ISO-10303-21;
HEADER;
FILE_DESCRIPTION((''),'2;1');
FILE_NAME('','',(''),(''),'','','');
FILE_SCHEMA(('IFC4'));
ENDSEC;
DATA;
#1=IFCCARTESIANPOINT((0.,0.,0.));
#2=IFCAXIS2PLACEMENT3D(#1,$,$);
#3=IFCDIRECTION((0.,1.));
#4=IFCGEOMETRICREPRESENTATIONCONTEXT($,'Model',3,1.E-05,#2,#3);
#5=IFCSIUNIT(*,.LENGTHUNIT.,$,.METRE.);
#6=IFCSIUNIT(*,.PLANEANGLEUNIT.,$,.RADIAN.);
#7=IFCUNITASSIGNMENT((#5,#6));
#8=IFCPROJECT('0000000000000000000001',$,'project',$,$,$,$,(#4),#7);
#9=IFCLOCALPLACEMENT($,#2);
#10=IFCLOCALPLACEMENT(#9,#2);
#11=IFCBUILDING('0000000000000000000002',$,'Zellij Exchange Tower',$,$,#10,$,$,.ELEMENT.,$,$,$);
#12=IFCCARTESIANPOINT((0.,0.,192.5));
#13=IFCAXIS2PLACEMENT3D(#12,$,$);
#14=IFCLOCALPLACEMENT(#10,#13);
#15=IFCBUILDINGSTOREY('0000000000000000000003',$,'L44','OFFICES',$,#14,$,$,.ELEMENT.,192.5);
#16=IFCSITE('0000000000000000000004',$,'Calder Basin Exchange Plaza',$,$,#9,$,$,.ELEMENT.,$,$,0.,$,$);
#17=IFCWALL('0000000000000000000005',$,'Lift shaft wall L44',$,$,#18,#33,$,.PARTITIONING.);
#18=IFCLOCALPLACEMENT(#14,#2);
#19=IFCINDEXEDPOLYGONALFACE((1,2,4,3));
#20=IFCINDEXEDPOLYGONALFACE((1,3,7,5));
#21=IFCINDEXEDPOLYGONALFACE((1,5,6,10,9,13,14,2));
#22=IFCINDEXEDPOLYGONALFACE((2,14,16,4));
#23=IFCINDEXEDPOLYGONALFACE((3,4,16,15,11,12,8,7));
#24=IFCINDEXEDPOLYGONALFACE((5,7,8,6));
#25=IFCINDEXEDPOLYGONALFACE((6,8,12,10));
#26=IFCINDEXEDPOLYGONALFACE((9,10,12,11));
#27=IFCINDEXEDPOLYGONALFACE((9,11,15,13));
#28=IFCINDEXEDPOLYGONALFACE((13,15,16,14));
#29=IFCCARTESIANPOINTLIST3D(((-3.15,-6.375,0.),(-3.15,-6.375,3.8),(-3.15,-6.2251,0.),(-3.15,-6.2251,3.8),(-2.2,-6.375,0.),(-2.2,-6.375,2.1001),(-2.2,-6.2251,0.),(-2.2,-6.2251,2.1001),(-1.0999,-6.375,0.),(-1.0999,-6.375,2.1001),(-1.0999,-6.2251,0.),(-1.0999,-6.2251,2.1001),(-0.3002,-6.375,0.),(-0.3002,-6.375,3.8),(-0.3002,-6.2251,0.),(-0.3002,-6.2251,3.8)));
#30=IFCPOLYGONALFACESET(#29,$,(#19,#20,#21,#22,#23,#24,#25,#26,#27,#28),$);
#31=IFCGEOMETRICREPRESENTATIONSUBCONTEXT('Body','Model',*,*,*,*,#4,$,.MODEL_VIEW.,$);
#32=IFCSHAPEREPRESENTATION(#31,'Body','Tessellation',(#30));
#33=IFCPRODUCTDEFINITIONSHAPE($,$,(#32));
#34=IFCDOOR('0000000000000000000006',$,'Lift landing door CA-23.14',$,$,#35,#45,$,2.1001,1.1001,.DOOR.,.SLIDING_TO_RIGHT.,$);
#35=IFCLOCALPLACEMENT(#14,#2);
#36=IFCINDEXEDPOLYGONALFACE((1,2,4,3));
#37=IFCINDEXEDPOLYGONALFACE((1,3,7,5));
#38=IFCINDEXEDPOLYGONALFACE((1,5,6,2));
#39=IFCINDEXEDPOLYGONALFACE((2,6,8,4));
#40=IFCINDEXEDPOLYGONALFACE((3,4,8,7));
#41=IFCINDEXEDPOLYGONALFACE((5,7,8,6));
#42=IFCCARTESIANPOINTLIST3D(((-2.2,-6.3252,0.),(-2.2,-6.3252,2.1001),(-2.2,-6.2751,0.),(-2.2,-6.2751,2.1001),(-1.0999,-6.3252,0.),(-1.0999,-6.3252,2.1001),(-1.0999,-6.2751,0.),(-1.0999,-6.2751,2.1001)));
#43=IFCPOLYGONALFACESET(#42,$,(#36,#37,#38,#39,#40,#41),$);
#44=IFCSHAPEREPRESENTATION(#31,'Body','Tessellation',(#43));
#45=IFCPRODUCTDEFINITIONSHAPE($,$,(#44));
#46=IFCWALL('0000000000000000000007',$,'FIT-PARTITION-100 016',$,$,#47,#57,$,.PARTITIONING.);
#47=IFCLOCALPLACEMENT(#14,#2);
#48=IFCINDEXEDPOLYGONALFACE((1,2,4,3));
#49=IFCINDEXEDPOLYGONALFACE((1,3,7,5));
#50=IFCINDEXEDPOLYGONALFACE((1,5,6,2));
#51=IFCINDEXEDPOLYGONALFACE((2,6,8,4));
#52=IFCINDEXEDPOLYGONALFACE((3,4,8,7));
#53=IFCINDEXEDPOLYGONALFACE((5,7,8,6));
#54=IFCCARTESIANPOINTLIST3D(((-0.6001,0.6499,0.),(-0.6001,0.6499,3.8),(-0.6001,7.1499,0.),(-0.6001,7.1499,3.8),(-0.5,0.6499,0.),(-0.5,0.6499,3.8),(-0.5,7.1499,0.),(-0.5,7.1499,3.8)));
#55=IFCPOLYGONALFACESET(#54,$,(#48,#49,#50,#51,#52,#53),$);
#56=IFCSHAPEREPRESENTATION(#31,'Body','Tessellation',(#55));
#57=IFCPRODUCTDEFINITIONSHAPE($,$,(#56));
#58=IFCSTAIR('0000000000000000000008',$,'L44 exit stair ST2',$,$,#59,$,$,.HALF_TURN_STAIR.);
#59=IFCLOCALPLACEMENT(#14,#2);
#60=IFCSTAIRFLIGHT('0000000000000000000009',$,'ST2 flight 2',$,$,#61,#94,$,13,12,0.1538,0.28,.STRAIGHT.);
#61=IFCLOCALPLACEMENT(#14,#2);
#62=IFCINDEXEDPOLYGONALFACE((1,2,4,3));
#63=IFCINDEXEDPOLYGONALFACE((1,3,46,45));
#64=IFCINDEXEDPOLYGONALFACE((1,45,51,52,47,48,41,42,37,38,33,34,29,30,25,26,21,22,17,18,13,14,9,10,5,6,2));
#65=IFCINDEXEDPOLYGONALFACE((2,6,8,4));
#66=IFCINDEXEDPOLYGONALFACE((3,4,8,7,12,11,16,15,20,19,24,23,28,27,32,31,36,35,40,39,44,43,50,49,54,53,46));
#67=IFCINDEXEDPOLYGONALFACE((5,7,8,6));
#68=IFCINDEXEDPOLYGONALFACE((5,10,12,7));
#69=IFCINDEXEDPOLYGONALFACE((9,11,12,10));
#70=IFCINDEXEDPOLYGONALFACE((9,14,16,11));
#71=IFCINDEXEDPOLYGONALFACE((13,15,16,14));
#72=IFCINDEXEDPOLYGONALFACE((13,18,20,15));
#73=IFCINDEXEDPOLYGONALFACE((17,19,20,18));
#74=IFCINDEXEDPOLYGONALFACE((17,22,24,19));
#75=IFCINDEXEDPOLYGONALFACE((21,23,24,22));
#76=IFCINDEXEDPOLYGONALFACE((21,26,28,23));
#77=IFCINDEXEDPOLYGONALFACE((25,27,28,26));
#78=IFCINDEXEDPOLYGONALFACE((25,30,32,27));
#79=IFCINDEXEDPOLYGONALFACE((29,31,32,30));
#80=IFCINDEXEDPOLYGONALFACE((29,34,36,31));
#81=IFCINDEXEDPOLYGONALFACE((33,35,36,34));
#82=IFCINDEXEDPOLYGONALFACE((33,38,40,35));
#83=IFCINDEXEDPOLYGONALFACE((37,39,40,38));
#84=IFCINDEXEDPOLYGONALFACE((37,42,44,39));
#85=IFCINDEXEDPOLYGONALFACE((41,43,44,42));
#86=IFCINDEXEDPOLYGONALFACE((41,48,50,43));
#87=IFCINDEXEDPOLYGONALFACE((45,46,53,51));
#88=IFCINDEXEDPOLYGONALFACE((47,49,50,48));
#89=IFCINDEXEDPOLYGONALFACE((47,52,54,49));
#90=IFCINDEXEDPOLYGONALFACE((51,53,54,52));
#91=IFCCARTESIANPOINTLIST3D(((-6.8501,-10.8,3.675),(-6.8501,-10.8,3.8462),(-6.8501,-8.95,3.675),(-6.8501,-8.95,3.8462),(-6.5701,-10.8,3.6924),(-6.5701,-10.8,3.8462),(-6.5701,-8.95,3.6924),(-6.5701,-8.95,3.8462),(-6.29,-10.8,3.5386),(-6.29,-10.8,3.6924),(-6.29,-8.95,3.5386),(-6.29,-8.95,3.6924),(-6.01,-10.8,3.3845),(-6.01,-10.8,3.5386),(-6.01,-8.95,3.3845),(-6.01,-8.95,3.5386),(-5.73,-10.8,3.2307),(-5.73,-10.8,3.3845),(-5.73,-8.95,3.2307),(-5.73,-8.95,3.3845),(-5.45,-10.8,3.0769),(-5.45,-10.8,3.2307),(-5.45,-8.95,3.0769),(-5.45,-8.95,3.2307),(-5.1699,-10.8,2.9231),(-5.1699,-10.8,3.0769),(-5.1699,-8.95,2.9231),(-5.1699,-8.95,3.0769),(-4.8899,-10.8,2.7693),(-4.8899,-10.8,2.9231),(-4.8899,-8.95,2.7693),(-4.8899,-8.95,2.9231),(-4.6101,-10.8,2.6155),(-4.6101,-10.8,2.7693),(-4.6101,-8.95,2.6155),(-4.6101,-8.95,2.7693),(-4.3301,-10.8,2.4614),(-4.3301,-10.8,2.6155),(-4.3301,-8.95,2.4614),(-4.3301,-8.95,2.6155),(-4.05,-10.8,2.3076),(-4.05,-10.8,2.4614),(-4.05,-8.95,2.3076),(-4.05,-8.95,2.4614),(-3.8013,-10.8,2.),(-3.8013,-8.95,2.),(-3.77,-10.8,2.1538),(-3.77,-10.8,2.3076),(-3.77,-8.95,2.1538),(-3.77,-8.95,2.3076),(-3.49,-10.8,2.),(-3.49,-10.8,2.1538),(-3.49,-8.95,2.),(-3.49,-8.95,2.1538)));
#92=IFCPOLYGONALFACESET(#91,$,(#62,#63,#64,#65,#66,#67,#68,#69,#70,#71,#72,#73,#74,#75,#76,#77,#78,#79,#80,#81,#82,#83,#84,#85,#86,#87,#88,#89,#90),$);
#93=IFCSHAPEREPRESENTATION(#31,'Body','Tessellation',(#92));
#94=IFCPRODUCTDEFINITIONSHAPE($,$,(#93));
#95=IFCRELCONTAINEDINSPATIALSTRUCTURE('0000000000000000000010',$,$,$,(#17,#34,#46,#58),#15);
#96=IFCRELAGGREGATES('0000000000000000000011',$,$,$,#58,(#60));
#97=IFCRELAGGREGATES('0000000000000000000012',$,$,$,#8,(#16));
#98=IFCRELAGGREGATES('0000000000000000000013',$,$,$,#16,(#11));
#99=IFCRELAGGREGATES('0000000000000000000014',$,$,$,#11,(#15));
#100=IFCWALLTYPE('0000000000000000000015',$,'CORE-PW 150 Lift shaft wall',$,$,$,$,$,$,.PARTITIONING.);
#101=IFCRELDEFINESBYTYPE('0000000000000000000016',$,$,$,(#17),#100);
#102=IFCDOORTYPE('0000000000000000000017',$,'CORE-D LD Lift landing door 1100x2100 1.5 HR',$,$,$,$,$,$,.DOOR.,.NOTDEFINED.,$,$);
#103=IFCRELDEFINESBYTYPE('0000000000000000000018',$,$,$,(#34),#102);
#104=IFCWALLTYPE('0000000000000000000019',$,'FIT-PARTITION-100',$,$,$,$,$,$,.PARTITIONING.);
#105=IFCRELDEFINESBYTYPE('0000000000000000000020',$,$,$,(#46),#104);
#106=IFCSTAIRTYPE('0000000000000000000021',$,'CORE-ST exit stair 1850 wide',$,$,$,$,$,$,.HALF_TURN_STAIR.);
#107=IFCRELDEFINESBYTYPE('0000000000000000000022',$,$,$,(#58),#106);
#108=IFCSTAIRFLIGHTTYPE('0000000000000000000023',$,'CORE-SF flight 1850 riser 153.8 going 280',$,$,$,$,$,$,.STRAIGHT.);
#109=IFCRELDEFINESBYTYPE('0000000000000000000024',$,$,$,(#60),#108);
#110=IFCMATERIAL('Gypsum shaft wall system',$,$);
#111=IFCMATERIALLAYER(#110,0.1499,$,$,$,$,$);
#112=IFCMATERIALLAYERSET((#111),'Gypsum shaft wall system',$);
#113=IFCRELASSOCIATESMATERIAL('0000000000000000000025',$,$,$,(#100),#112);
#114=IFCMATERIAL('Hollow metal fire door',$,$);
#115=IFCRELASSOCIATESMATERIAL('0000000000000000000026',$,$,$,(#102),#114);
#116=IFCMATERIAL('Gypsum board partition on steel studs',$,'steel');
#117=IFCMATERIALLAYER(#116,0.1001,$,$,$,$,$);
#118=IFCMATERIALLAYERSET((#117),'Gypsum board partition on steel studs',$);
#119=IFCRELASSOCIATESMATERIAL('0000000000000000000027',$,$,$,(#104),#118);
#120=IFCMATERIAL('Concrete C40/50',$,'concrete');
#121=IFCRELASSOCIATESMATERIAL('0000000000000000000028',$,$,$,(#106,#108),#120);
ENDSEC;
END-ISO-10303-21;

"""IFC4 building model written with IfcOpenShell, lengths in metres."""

from ifc_helpers import new_model, si_unit, direction, frame, frame_2d, origin, place, context, subcontext, project, spatial, polyline, rectangle, outline, extrude, material, layer, layer_set, type_object, element, fill, aggregate, save


model = new_model("IFC4")

# Units and contexts
model_context = context("Model", 3, precision=1e-05, world=origin(), true_north=direction((0.0, 1.0)))
body_context = subcontext(model_context, "Body", "Model", "MODEL_VIEW")
ifc_project = project(units=[si_unit("LENGTHUNIT", "METRE"), si_unit("PLANEANGLEUNIT", "RADIAN")], contexts=[model_context])

# Site, building, storey
site_placement = place(None, origin())
site = spatial("IfcSite", under=ifc_project, at=site_placement, Name="Calder Basin Exchange Plaza", CompositionType="ELEMENT", RefElevation=0.0)
building_placement = place(site_placement, origin())
building = spatial("IfcBuilding", under=site, at=building_placement, Name="Zellij Exchange Tower", CompositionType="ELEMENT")
storey_placement = place(building_placement, frame((0.0, 0.0, 192.5)))
storey = spatial("IfcBuildingStorey", under=building, at=storey_placement, Name="L44", Description="OFFICES", CompositionType="ELEMENT", Elevation=192.5)

# Shared definitions
ifc_material_1 = material(Name="Concrete C40/50", Category="concrete")

# Shared definitions
ifc_material_2 = material(Name="Gypsum shaft wall system")
ifc_layer_1 = layer(ifc_material_2, 0.1499)
ifc_layer_set_1 = layer_set([ifc_layer_1], Name="Gypsum shaft wall system")
wall_type_1 = type_object("IfcWallType", Name="CORE-PW 150 Lift shaft wall", PredefinedType="PARTITIONING", material=ifc_layer_set_1)

# Wall, opening, door
wall_1_placement = place(storey_placement, frame((-3.1499, -6.3, 0.0), z_axis=(0.0, 0.0, 1.0), x_axis=(1.0, 0.0, 0.0)))
wall_1 = element("IfcWall", 1, at=wall_1_placement, inside=storey, type_object=wall_type_1, Name="Lift shaft wall L44", PredefinedType="PARTITIONING", context=body_context, shape_type="SweptSolid", body=[
    extrude(rectangle(XDim=2.8499, YDim=0.1499, at=frame_2d((1.4248, 0.0))), origin(), (0.0, 0.0, 1.0), 3.8),
])
opening_placement = place(wall_1_placement, frame((0.95, 0.0, 0.0)))
opening = element("IfcOpeningElement", 2, at=opening_placement, cuts=wall_1, PredefinedType="OPENING", context=body_context, shape_type="SweptSolid", body=[
    extrude(rectangle(XDim=1.1001, YDim=2.1001, at=frame_2d((0.55, 1.05))), frame((0.0, 0.0869, 0.0), z_axis=(0.0, -1.0, 0.0), x_axis=(1.0, 0.0, 0.0)), (0.0, 0.0, 1.0), 0.1738),
])
ifc_material_3 = material(Name="Hollow metal fire door")
door_type = type_object("IfcDoorType", Name="CORE-D LD Lift landing door 1100x2100 1.5 HR", OperationType="NOTDEFINED", PredefinedType="DOOR", material=ifc_material_3)
door_placement = place(opening_placement, origin())
door = element("IfcDoor", 3, at=door_placement, inside=storey, type_object=door_type, Name="Lift landing door CA-23.14", OperationType="SLIDING_TO_RIGHT", OverallHeight=2.1001, OverallWidth=1.1001, PredefinedType="DOOR", context=body_context, shape_type="SweptSolid", body=[
    extrude(rectangle(XDim=1.1001, YDim=2.1001, at=frame_2d((0.55, 1.05))), frame((0.0, 0.0249, 0.0), z_axis=(0.0, -1.0, 0.0), x_axis=(1.0, 0.0, 0.0)), (0.0, 0.0, 1.0), 0.05),
])
fill(opening, door)

# Wall
ifc_material_4 = material(Name="Gypsum board partition on steel studs", Category="steel")
ifc_layer_2 = layer(ifc_material_4, 0.1001)
ifc_layer_set_2 = layer_set([ifc_layer_2], Name="Gypsum board partition on steel studs")
wall_type_2 = type_object("IfcWallType", Name="FIT-PARTITION-100", PredefinedType="PARTITIONING", material=ifc_layer_set_2)
wall_2_placement = place(storey_placement, frame((-0.55, 0.6499, 0.0), z_axis=(0.0, 0.0, 1.0), x_axis=(0.0, 1.0, 0.0)))
element("IfcWall", 4, at=wall_2_placement, inside=storey, type_object=wall_type_2, Name="FIT-PARTITION-100 016", PredefinedType="PARTITIONING", context=body_context, shape_type="SweptSolid", body=[
    extrude(rectangle(XDim=6.5, YDim=0.1001, at=frame_2d((3.25, 0.0))), origin(), (0.0, 0.0, 1.0), 3.8),
])

# Stair, stair flight
stair_type = type_object("IfcStairType", Name="CORE-ST exit stair 1850 wide", PredefinedType="HALF_TURN_STAIR", material=ifc_material_1)
stair_placement = place(storey_placement, origin())
stair = element("IfcStair", 5, at=stair_placement, inside=storey, type_object=stair_type, Name="L44 exit stair ST2", PredefinedType="HALF_TURN_STAIR")
stair_flight_type = type_object("IfcStairFlightType", Name="CORE-SF flight 1850 riser 153.8 going 280", PredefinedType="STRAIGHT", material=ifc_material_1)
stair_flight_placement = place(storey_placement, frame((-3.49, -9.875, 2.0), z_axis=(0.0, 0.0, 1.0), x_axis=(-1.0, 0.0, 0.0)))
stair_flight = element("IfcStairFlight", 6, at=stair_flight_placement, type_object=stair_flight_type, Name="ST2 flight 2", NumberOfRisers=13, NumberOfTreads=12, PredefinedType="STRAIGHT", RiserHeight=0.1538, TreadLength=0.28, context=body_context, shape_type="SweptSolid", body=[
    extrude(outline(polyline([(0.0, 0.0), (0.0, 0.1538), (0.28, 0.1538), (0.28, 0.3076), (0.5601, 0.3076), (0.5601, 0.4614), (0.8401, 0.4614), (0.8401, 0.6155), (1.1201, 0.6155), (1.1201, 0.7693), (1.3999, 0.7693), (1.3999, 0.9231), (1.6799, 0.9231), (1.6799, 1.0769), (1.96, 1.0769), (1.96, 1.2307), (2.24, 1.2307), (2.24, 1.3845), (2.52, 1.3845), (2.52, 1.5386), (2.8, 1.5386), (2.8, 1.6924), (3.0801, 1.6924), (3.0801, 1.8462), (3.3601, 1.8462), (3.3601, 2.0), (3.3601, 1.675), (0.3113, 0.0), (0.0, 0.0)])), frame((0.0, 0.925, 0.0), z_axis=(0.0, -1.0, 0.0), x_axis=(1.0, 0.0, 0.0)), (0.0, 0.0, 1.0), 1.8501),
])
aggregate(stair, [stair_flight])

save(model, "model.ifc")
